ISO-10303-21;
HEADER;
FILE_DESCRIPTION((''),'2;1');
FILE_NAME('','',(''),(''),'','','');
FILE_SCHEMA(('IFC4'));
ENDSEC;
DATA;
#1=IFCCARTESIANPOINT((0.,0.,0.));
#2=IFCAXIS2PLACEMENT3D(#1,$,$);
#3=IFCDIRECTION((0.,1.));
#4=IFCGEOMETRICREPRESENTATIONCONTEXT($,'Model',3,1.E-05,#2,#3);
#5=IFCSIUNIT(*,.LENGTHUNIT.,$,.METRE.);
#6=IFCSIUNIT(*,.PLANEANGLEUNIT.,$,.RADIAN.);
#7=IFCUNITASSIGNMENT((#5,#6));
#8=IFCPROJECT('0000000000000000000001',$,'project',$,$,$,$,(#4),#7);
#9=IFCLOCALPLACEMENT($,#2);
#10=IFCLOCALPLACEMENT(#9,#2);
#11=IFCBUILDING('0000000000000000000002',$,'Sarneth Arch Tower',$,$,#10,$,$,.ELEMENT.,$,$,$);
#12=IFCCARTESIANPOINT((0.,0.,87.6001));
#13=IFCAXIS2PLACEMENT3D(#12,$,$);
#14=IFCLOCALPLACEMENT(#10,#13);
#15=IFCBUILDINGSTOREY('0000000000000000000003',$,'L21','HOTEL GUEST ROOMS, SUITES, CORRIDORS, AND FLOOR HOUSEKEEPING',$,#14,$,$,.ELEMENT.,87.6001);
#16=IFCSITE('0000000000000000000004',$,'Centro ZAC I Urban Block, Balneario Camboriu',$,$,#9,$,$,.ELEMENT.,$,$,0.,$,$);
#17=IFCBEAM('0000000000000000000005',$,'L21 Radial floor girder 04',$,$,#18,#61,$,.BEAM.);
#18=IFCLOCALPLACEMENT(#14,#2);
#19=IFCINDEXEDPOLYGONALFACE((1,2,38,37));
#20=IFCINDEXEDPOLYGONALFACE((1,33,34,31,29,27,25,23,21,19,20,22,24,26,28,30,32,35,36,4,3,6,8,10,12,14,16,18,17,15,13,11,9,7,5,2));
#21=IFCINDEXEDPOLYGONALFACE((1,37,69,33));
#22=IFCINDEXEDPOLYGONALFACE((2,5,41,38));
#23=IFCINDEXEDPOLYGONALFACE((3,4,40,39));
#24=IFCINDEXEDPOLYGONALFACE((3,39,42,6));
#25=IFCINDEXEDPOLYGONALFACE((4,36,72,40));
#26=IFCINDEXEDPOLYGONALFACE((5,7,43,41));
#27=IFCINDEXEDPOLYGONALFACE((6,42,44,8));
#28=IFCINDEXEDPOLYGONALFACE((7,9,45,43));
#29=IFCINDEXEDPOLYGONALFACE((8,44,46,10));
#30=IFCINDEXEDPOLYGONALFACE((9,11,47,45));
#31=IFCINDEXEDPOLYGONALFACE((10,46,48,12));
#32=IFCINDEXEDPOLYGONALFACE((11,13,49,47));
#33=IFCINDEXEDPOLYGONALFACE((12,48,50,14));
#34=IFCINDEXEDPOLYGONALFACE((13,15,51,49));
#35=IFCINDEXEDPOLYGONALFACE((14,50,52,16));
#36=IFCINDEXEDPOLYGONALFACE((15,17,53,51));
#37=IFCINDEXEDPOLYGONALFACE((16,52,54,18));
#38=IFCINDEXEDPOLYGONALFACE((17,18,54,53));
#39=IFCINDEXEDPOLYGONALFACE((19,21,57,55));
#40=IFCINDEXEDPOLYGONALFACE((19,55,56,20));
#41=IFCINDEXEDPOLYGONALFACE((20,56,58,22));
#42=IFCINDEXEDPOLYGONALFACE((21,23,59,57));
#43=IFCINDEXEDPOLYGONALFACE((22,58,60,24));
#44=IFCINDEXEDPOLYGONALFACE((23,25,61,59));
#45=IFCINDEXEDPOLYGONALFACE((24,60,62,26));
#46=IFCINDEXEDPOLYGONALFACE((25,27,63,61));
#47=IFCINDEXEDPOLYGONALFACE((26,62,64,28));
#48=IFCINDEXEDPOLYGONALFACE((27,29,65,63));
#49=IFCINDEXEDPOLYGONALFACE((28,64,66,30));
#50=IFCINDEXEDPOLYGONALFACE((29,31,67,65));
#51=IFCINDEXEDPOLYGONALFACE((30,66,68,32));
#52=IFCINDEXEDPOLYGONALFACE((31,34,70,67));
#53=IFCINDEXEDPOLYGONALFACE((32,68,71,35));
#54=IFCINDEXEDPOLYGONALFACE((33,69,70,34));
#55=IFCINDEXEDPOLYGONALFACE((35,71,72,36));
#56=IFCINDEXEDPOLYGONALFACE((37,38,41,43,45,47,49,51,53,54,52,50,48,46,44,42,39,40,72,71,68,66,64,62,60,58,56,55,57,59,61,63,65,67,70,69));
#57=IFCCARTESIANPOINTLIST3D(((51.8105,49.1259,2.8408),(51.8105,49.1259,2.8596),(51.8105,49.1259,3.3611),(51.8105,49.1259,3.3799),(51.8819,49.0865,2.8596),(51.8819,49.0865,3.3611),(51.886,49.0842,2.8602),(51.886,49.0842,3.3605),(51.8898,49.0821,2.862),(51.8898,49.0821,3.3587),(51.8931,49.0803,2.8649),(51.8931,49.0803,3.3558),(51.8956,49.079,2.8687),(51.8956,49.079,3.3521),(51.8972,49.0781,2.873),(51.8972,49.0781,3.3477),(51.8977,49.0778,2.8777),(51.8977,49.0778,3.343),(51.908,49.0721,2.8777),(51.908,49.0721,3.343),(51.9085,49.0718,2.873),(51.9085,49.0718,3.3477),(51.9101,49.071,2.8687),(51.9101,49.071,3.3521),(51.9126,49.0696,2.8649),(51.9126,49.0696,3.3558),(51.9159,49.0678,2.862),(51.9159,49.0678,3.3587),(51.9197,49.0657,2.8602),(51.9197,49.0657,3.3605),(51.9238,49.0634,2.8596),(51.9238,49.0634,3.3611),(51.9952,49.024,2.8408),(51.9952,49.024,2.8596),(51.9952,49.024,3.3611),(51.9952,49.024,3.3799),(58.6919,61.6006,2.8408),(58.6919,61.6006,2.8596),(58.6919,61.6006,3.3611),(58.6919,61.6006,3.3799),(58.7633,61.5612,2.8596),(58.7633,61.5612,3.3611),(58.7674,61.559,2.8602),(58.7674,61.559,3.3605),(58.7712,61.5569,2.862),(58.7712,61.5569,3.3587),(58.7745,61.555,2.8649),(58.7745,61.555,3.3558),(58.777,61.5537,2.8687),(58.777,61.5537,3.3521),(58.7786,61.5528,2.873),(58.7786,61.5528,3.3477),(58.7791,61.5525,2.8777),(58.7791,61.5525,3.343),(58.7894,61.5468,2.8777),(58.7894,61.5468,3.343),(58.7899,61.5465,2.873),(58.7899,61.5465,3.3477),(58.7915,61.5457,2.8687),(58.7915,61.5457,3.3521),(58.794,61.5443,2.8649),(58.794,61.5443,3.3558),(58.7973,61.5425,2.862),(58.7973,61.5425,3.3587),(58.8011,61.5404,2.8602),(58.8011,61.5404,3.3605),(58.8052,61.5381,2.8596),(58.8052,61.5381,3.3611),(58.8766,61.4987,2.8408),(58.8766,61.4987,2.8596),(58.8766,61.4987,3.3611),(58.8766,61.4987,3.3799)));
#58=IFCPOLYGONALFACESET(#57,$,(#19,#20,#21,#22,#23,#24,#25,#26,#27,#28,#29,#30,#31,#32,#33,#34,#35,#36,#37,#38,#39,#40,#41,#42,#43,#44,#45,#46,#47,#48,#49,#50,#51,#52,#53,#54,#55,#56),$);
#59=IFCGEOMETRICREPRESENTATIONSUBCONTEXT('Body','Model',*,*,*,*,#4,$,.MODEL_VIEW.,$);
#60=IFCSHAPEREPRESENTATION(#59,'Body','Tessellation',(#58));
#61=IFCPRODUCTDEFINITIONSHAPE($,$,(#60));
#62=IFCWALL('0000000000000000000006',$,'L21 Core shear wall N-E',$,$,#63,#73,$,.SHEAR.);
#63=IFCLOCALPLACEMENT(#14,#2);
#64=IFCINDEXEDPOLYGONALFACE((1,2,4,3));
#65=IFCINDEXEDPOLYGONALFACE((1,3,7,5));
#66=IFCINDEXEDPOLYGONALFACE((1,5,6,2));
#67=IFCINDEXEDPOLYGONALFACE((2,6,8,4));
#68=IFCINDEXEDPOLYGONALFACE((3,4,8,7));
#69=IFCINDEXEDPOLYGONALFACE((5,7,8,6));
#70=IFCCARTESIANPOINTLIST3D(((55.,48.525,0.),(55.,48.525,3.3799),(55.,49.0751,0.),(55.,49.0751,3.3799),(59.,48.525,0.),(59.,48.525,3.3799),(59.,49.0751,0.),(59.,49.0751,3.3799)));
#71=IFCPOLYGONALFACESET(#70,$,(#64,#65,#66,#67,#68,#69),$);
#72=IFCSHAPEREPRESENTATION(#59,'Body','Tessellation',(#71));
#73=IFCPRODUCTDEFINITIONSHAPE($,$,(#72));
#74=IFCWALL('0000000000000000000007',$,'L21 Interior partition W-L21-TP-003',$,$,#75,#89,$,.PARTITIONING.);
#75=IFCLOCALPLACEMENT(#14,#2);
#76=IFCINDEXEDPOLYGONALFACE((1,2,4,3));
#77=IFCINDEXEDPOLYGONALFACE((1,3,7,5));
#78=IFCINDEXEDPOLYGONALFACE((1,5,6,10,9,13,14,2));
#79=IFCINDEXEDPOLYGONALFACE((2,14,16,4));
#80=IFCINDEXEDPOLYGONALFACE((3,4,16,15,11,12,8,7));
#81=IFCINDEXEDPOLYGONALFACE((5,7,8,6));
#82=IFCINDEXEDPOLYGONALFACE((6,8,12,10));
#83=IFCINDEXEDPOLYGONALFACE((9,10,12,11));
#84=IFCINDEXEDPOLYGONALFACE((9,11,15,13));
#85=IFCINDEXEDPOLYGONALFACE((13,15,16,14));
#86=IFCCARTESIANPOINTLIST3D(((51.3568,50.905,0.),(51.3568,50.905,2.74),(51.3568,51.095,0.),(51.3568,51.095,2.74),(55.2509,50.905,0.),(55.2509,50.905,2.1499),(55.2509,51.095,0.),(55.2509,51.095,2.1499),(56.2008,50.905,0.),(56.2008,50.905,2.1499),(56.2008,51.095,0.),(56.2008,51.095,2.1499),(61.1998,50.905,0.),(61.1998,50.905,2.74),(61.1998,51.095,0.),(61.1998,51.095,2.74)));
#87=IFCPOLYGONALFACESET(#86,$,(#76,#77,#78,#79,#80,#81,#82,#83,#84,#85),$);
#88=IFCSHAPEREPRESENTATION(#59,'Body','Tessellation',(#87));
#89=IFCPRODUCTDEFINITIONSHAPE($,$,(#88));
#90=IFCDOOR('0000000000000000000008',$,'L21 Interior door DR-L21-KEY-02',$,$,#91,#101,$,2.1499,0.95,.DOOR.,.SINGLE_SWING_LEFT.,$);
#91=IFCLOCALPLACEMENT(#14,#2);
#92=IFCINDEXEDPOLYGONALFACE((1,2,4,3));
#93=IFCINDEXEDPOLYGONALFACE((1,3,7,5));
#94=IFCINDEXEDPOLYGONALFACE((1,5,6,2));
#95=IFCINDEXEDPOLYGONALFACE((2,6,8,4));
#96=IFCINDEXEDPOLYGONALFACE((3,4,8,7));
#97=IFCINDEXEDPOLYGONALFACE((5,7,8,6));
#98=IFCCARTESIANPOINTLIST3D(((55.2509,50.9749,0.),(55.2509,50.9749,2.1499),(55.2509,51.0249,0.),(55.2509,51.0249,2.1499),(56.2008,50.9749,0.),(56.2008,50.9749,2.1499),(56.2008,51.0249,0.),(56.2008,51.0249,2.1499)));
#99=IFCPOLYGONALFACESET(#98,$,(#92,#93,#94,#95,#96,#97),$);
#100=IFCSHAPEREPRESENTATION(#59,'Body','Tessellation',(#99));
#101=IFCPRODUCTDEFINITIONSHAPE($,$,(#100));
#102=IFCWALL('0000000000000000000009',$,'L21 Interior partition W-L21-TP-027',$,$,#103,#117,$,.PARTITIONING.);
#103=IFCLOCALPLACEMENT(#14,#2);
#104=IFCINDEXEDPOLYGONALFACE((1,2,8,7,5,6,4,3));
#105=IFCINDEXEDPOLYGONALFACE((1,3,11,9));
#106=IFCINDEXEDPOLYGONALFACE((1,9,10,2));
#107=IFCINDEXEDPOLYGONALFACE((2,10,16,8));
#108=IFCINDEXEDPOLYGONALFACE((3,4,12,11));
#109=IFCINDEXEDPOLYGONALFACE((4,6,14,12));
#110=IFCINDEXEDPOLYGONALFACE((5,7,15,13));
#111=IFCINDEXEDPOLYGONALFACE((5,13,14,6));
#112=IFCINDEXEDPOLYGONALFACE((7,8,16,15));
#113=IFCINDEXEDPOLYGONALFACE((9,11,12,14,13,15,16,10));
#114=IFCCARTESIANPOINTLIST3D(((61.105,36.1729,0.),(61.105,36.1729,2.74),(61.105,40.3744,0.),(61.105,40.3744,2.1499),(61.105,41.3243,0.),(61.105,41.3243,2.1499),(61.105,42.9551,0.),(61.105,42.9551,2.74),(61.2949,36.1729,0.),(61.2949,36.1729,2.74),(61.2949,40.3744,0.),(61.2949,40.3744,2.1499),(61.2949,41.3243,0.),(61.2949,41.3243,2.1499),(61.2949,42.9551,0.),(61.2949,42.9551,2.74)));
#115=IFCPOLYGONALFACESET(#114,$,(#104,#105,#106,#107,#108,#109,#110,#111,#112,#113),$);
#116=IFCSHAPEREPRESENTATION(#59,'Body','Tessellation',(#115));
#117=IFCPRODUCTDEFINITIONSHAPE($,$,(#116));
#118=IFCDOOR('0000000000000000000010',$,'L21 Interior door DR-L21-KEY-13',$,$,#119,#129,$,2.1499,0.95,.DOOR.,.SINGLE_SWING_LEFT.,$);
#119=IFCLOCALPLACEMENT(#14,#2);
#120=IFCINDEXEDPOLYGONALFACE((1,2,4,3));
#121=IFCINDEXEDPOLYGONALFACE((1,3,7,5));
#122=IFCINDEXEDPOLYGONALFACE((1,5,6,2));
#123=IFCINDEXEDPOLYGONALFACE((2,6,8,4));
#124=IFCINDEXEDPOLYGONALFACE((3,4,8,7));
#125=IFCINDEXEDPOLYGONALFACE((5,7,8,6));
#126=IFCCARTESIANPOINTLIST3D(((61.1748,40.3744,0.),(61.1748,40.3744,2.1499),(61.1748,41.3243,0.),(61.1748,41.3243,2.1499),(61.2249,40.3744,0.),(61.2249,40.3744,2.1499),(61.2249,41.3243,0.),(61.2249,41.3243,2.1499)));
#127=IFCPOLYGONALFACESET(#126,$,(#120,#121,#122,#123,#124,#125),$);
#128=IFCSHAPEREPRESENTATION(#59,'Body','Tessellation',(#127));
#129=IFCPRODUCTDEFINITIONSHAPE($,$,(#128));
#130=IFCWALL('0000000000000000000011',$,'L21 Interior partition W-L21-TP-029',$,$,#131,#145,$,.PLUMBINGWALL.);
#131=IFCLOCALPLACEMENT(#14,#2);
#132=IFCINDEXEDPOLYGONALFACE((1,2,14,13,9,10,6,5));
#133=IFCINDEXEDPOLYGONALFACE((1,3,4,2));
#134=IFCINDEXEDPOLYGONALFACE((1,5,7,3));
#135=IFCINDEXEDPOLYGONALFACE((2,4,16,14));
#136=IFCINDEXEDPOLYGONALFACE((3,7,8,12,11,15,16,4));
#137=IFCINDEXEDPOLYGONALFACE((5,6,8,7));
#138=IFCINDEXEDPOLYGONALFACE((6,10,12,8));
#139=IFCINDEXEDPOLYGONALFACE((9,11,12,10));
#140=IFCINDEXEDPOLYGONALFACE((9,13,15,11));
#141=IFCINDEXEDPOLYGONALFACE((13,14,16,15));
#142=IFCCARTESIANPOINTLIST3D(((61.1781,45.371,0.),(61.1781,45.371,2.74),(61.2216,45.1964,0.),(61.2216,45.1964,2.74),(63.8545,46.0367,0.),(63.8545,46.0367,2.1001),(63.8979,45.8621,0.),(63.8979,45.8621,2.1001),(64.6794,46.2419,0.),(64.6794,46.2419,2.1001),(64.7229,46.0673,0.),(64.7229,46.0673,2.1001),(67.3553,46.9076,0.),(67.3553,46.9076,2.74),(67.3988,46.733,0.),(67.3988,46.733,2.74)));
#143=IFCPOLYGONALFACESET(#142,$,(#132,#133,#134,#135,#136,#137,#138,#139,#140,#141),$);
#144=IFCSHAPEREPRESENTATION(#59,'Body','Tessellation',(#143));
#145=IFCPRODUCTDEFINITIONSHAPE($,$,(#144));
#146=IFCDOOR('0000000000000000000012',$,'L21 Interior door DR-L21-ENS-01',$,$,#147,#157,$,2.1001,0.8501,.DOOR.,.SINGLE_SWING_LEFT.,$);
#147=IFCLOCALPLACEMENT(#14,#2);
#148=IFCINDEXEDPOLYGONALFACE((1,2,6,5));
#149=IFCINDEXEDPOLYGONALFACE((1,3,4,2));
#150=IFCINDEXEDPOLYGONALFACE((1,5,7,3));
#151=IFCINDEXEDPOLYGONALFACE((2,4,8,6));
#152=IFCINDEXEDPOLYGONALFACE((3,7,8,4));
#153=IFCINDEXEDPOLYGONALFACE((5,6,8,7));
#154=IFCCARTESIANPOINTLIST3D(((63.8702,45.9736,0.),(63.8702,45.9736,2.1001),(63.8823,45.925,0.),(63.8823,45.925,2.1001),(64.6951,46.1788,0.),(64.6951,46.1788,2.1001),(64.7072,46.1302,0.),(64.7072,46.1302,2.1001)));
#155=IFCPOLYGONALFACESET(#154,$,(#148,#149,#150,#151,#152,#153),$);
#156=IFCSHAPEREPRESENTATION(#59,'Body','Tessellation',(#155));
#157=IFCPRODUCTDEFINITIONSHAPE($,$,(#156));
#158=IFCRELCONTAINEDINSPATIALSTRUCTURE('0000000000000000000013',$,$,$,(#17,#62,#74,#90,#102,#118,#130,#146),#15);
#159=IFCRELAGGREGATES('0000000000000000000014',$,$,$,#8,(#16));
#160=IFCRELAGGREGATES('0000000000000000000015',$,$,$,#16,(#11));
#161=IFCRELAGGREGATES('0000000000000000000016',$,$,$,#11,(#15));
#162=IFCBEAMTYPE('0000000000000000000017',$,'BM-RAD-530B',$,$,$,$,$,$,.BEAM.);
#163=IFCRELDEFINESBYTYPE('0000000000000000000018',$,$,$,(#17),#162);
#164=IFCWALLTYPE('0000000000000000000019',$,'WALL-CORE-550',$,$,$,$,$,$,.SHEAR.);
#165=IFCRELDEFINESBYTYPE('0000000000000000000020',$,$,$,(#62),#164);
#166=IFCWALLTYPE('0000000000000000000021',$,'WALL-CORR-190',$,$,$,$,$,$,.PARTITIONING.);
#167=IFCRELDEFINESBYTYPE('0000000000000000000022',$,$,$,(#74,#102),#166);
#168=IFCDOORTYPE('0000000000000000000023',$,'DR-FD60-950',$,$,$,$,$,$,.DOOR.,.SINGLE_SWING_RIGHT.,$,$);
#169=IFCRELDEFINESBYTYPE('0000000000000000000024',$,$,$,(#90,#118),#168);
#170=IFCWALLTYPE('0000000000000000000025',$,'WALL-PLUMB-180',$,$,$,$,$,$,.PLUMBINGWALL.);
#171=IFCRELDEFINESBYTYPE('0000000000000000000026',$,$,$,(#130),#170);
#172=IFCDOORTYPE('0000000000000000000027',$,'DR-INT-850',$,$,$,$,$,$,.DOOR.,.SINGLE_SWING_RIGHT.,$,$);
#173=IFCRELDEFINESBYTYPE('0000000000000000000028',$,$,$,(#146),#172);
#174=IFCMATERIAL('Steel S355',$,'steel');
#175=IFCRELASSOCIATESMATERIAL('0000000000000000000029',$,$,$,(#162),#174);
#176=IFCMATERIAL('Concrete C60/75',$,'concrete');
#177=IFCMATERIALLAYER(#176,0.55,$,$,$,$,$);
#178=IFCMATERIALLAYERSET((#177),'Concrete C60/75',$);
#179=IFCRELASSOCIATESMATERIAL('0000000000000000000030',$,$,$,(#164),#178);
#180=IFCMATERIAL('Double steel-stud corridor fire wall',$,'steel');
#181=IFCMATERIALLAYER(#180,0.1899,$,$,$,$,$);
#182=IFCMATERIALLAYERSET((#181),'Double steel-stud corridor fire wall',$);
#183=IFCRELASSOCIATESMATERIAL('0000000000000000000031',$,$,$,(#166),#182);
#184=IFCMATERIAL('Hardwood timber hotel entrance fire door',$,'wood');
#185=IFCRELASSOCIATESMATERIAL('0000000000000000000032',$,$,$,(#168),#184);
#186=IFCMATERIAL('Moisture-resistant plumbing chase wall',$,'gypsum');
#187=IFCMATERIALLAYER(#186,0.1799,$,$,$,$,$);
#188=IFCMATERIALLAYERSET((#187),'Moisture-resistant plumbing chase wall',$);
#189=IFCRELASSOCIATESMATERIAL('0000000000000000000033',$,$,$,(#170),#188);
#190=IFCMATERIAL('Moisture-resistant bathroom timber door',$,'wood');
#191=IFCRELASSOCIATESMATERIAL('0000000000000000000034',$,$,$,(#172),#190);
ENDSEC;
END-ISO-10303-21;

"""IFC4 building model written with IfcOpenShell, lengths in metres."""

from ifc_helpers import new_model, si_unit, direction, frame, frame_2d, origin, origin_2d, place, context, subcontext, project, spatial, rectangle, i_section, extrude, material, layer, layer_set, material_profile, profile_set, type_object, element, fill, save


model = new_model("IFC4")

# Units and contexts
model_context = context("Model", 3, precision=1e-05, world=origin(), true_north=direction((0.0, 1.0)))
body_context = subcontext(model_context, "Body", "Model", "MODEL_VIEW")
ifc_project = project(units=[si_unit("LENGTHUNIT", "METRE"), si_unit("PLANEANGLEUNIT", "RADIAN")], contexts=[model_context])

# Site, building, storey
site_placement = place(None, origin())
site = spatial("IfcSite", under=ifc_project, at=site_placement, Name="Centro ZAC I Urban Block, Balneario Camboriu", CompositionType="ELEMENT", RefElevation=0.0)
building_placement = place(site_placement, origin())
building = spatial("IfcBuilding", under=site, at=building_placement, Name="Sarneth Arch Tower", CompositionType="ELEMENT")
storey_placement = place(building_placement, frame((0.0, 0.0, 87.6001)))
storey = spatial("IfcBuildingStorey", under=building, at=storey_placement, Name="L21", Description="HOTEL GUEST ROOMS, SUITES, CORRIDORS, AND FLOOR HOUSEKEEPING", CompositionType="ELEMENT", Elevation=87.6001)

# Beam
ifc_material_1 = material(Name="Steel S355", Category="steel")
ifc_material_profile_1 = material_profile(ifc_material_1, i_section(OverallWidth=0.2109, OverallDepth=0.5391, WebThickness=0.0117, FlangeThickness=0.0188, FilletRadius=0.0181, at=origin_2d()), Name="W530x109")
ifc_profile_set_1 = profile_set([ifc_material_profile_1], Name="Steel S355")
beam_type_1 = type_object("IfcBeamType", Name="BM-RAD-530B", PredefinedType="BEAM", material=ifc_profile_set_1)
beam_1_placement = place(storey_placement, frame((51.9028, 49.075, 3.1104), z_axis=(0.483013, 0.875613, 0.0), x_axis=(-0.875613, 0.483013, 0.0)))
element("IfcBeam", 1, at=beam_1_placement, inside=storey, type_object=beam_type_1, Name="L21 Radial floor girder 04", PredefinedType="BEAM", context=body_context, shape_type="SweptSolid", body=[
    extrude(i_section(OverallWidth=0.2109, OverallDepth=0.5391, WebThickness=0.0117, FlangeThickness=0.0188, FilletRadius=0.0181, at=origin_2d()), origin(), (0.0, 0.0, 1.0), 14.2468),
])

# Wall
ifc_material_2 = material(Name="Concrete C60/75", Category="concrete")
ifc_layer_1 = layer(ifc_material_2, 0.55)
ifc_layer_set_1 = layer_set([ifc_layer_1], Name="Concrete C60/75")
wall_type_1 = type_object("IfcWallType", Name="WALL-CORE-550", PredefinedType="SHEAR", material=ifc_layer_set_1)
wall_1_placement = place(storey_placement, frame((55.0, 48.8, 0.0), z_axis=(0.0, 0.0, 1.0), x_axis=(1.0, 0.0, 0.0)))
element("IfcWall", 2, at=wall_1_placement, inside=storey, type_object=wall_type_1, Name="L21 Core shear wall N-E", PredefinedType="SHEAR", context=body_context, shape_type="SweptSolid", body=[
    extrude(rectangle(XDim=4.0, YDim=0.55, at=frame_2d((2.0, 0.0))), origin(), (0.0, 0.0, 1.0), 3.3799),
])

# Walls, openings, doors
ifc_material_3 = material(Name="Double steel-stud corridor fire wall", Category="steel")
ifc_layer_2 = layer(ifc_material_3, 0.1899)
ifc_layer_set_2 = layer_set([ifc_layer_2], Name="Double steel-stud corridor fire wall")
wall_type_2 = type_object("IfcWallType", Name="WALL-CORR-190", PredefinedType="PARTITIONING", material=ifc_layer_set_2)
wall_2_placement = place(storey_placement, frame((51.3569, 51.0, 0.0), z_axis=(0.0, 0.0, 1.0), x_axis=(1.0, 0.0, 0.0)))
wall_2 = element("IfcWall", 3, at=wall_2_placement, inside=storey, type_object=wall_type_2, Name="L21 Interior partition W-L21-TP-003", PredefinedType="PARTITIONING", context=body_context, shape_type="SweptSolid", body=[
    extrude(rectangle(XDim=9.843, YDim=0.1899, at=frame_2d((4.9214, 0.0))), origin(), (0.0, 0.0, 1.0), 2.74),
])
opening_1_placement = place(wall_2_placement, frame((3.8938, 0.0, 0.0)))
opening_1 = element("IfcOpeningElement", 4, at=opening_1_placement, cuts=wall_2, PredefinedType="OPENING", context=body_context, shape_type="SweptSolid", body=[
    extrude(rectangle(XDim=0.95, YDim=2.1499, at=frame_2d((0.4751, 1.075))), frame((0.0, 0.105, 0.0), z_axis=(0.0, -1.0, 0.0), x_axis=(1.0, 0.0, 0.0)), (0.0, 0.0, 1.0), 0.21),
])
ifc_material_4 = material(Name="Hardwood timber hotel entrance fire door", Category="wood")
door_type_1 = type_object("IfcDoorType", Name="DR-FD60-950", OperationType="SINGLE_SWING_RIGHT", PredefinedType="DOOR", material=ifc_material_4)
door_1_placement = place(opening_1_placement, origin())
door_1 = element("IfcDoor", 5, at=door_1_placement, inside=storey, type_object=door_type_1, Name="L21 Interior door DR-L21-KEY-02", OperationType="SINGLE_SWING_LEFT", OverallHeight=2.1499, OverallWidth=0.95, PredefinedType="DOOR", context=body_context, shape_type="SweptSolid", body=[
    extrude(rectangle(XDim=0.95, YDim=2.1499, at=frame_2d((0.4751, 1.075))), frame((0.0, 0.0249, 0.0), z_axis=(0.0, -1.0, 0.0), x_axis=(1.0, 0.0, 0.0)), (0.0, 0.0, 1.0), 0.05),
])
fill(opening_1, door_1)
wall_3_placement = place(storey_placement, frame((61.2, 42.9551, 0.0), z_axis=(0.0, 0.0, 1.0), x_axis=(0.0, -1.0, 0.0)))
wall_3 = element("IfcWall", 6, at=wall_3_placement, inside=storey, type_object=wall_type_2, Name="L21 Interior partition W-L21-TP-027", PredefinedType="PARTITIONING", context=body_context, shape_type="SweptSolid", body=[
    extrude(rectangle(XDim=6.7822, YDim=0.1899, at=frame_2d((3.3911, 0.0))), origin(), (0.0, 0.0, 1.0), 2.74),
])
opening_2_placement = place(wall_3_placement, frame((1.6306, 0.0, 0.0)))
opening_2 = element("IfcOpeningElement", 7, at=opening_2_placement, cuts=wall_3, PredefinedType="OPENING", context=body_context, shape_type="SweptSolid", body=[
    extrude(rectangle(XDim=0.95, YDim=2.1499, at=frame_2d((0.4751, 1.075))), frame((0.0, 0.105, 0.0), z_axis=(0.0, -1.0, 0.0), x_axis=(1.0, 0.0, 0.0)), (0.0, 0.0, 1.0), 0.21),
])
door_2_placement = place(opening_2_placement, origin())
door_2 = element("IfcDoor", 8, at=door_2_placement, inside=storey, type_object=door_type_1, Name="L21 Interior door DR-L21-KEY-13", OperationType="SINGLE_SWING_LEFT", OverallHeight=2.1499, OverallWidth=0.95, PredefinedType="DOOR", context=body_context, shape_type="SweptSolid", body=[
    extrude(rectangle(XDim=0.95, YDim=2.1499, at=frame_2d((0.4751, 1.075))), frame((0.0, 0.0249, 0.0), z_axis=(0.0, -1.0, 0.0), x_axis=(1.0, 0.0, 0.0)), (0.0, 0.0, 1.0), 0.05),
])
fill(opening_2, door_2)
ifc_material_5 = material(Name="Moisture-resistant plumbing chase wall", Category="gypsum")
ifc_layer_3 = layer(ifc_material_5, 0.1799)
ifc_layer_set_3 = layer_set([ifc_layer_3], Name="Moisture-resistant plumbing chase wall")
wall_type_3 = type_object("IfcWallType", Name="WALL-PLUMB-180", PredefinedType="PLUMBINGWALL", material=ifc_layer_set_3)
wall_4_placement = place(storey_placement, frame((61.2, 45.2837, 0.0), z_axis=(0.0, 0.0, 1.0), x_axis=(0.970426, 0.241398, 0.0)))
wall_4 = element("IfcWall", 9, at=wall_4_placement, inside=storey, type_object=wall_type_3, Name="L21 Interior partition W-L21-TP-029", PredefinedType="PLUMBINGWALL", context=body_context, shape_type="SweptSolid", body=[
    extrude(rectangle(XDim=6.3655, YDim=0.1799, at=frame_2d((3.1826, 0.0))), origin(), (0.0, 0.0, 1.0), 2.74),
])
opening_3_placement = place(wall_4_placement, frame((2.7578, 0.0, 0.0)))
opening_3 = element("IfcOpeningElement", 10, at=opening_3_placement, cuts=wall_4, PredefinedType="OPENING", context=body_context, shape_type="SweptSolid", body=[
    extrude(rectangle(XDim=0.8501, YDim=2.1001, at=frame_2d((0.425, 1.05))), frame((0.0, 0.0999, 0.0), z_axis=(0.0, -1.0, 0.0), x_axis=(1.0, 0.0, 0.0)), (0.0, 0.0, 1.0), 0.2),
])
ifc_material_6 = material(Name="Moisture-resistant bathroom timber door", Category="wood")
door_type_2 = type_object("IfcDoorType", Name="DR-INT-850", OperationType="SINGLE_SWING_RIGHT", PredefinedType="DOOR", material=ifc_material_6)
door_3_placement = place(opening_3_placement, origin())
door_3 = element("IfcDoor", 11, at=door_3_placement, inside=storey, type_object=door_type_2, Name="L21 Interior door DR-L21-ENS-01", OperationType="SINGLE_SWING_LEFT", OverallHeight=2.1001, OverallWidth=0.8501, PredefinedType="DOOR", context=body_context, shape_type="SweptSolid", body=[
    extrude(rectangle(XDim=0.8501, YDim=2.1001, at=frame_2d((0.425, 1.05))), frame((0.0, 0.0249, 0.0), z_axis=(0.0, -1.0, 0.0), x_axis=(1.0, 0.0, 0.0)), (0.0, 0.0, 1.0), 0.05),
])
fill(opening_3, door_3)

save(model, "model.ifc")
